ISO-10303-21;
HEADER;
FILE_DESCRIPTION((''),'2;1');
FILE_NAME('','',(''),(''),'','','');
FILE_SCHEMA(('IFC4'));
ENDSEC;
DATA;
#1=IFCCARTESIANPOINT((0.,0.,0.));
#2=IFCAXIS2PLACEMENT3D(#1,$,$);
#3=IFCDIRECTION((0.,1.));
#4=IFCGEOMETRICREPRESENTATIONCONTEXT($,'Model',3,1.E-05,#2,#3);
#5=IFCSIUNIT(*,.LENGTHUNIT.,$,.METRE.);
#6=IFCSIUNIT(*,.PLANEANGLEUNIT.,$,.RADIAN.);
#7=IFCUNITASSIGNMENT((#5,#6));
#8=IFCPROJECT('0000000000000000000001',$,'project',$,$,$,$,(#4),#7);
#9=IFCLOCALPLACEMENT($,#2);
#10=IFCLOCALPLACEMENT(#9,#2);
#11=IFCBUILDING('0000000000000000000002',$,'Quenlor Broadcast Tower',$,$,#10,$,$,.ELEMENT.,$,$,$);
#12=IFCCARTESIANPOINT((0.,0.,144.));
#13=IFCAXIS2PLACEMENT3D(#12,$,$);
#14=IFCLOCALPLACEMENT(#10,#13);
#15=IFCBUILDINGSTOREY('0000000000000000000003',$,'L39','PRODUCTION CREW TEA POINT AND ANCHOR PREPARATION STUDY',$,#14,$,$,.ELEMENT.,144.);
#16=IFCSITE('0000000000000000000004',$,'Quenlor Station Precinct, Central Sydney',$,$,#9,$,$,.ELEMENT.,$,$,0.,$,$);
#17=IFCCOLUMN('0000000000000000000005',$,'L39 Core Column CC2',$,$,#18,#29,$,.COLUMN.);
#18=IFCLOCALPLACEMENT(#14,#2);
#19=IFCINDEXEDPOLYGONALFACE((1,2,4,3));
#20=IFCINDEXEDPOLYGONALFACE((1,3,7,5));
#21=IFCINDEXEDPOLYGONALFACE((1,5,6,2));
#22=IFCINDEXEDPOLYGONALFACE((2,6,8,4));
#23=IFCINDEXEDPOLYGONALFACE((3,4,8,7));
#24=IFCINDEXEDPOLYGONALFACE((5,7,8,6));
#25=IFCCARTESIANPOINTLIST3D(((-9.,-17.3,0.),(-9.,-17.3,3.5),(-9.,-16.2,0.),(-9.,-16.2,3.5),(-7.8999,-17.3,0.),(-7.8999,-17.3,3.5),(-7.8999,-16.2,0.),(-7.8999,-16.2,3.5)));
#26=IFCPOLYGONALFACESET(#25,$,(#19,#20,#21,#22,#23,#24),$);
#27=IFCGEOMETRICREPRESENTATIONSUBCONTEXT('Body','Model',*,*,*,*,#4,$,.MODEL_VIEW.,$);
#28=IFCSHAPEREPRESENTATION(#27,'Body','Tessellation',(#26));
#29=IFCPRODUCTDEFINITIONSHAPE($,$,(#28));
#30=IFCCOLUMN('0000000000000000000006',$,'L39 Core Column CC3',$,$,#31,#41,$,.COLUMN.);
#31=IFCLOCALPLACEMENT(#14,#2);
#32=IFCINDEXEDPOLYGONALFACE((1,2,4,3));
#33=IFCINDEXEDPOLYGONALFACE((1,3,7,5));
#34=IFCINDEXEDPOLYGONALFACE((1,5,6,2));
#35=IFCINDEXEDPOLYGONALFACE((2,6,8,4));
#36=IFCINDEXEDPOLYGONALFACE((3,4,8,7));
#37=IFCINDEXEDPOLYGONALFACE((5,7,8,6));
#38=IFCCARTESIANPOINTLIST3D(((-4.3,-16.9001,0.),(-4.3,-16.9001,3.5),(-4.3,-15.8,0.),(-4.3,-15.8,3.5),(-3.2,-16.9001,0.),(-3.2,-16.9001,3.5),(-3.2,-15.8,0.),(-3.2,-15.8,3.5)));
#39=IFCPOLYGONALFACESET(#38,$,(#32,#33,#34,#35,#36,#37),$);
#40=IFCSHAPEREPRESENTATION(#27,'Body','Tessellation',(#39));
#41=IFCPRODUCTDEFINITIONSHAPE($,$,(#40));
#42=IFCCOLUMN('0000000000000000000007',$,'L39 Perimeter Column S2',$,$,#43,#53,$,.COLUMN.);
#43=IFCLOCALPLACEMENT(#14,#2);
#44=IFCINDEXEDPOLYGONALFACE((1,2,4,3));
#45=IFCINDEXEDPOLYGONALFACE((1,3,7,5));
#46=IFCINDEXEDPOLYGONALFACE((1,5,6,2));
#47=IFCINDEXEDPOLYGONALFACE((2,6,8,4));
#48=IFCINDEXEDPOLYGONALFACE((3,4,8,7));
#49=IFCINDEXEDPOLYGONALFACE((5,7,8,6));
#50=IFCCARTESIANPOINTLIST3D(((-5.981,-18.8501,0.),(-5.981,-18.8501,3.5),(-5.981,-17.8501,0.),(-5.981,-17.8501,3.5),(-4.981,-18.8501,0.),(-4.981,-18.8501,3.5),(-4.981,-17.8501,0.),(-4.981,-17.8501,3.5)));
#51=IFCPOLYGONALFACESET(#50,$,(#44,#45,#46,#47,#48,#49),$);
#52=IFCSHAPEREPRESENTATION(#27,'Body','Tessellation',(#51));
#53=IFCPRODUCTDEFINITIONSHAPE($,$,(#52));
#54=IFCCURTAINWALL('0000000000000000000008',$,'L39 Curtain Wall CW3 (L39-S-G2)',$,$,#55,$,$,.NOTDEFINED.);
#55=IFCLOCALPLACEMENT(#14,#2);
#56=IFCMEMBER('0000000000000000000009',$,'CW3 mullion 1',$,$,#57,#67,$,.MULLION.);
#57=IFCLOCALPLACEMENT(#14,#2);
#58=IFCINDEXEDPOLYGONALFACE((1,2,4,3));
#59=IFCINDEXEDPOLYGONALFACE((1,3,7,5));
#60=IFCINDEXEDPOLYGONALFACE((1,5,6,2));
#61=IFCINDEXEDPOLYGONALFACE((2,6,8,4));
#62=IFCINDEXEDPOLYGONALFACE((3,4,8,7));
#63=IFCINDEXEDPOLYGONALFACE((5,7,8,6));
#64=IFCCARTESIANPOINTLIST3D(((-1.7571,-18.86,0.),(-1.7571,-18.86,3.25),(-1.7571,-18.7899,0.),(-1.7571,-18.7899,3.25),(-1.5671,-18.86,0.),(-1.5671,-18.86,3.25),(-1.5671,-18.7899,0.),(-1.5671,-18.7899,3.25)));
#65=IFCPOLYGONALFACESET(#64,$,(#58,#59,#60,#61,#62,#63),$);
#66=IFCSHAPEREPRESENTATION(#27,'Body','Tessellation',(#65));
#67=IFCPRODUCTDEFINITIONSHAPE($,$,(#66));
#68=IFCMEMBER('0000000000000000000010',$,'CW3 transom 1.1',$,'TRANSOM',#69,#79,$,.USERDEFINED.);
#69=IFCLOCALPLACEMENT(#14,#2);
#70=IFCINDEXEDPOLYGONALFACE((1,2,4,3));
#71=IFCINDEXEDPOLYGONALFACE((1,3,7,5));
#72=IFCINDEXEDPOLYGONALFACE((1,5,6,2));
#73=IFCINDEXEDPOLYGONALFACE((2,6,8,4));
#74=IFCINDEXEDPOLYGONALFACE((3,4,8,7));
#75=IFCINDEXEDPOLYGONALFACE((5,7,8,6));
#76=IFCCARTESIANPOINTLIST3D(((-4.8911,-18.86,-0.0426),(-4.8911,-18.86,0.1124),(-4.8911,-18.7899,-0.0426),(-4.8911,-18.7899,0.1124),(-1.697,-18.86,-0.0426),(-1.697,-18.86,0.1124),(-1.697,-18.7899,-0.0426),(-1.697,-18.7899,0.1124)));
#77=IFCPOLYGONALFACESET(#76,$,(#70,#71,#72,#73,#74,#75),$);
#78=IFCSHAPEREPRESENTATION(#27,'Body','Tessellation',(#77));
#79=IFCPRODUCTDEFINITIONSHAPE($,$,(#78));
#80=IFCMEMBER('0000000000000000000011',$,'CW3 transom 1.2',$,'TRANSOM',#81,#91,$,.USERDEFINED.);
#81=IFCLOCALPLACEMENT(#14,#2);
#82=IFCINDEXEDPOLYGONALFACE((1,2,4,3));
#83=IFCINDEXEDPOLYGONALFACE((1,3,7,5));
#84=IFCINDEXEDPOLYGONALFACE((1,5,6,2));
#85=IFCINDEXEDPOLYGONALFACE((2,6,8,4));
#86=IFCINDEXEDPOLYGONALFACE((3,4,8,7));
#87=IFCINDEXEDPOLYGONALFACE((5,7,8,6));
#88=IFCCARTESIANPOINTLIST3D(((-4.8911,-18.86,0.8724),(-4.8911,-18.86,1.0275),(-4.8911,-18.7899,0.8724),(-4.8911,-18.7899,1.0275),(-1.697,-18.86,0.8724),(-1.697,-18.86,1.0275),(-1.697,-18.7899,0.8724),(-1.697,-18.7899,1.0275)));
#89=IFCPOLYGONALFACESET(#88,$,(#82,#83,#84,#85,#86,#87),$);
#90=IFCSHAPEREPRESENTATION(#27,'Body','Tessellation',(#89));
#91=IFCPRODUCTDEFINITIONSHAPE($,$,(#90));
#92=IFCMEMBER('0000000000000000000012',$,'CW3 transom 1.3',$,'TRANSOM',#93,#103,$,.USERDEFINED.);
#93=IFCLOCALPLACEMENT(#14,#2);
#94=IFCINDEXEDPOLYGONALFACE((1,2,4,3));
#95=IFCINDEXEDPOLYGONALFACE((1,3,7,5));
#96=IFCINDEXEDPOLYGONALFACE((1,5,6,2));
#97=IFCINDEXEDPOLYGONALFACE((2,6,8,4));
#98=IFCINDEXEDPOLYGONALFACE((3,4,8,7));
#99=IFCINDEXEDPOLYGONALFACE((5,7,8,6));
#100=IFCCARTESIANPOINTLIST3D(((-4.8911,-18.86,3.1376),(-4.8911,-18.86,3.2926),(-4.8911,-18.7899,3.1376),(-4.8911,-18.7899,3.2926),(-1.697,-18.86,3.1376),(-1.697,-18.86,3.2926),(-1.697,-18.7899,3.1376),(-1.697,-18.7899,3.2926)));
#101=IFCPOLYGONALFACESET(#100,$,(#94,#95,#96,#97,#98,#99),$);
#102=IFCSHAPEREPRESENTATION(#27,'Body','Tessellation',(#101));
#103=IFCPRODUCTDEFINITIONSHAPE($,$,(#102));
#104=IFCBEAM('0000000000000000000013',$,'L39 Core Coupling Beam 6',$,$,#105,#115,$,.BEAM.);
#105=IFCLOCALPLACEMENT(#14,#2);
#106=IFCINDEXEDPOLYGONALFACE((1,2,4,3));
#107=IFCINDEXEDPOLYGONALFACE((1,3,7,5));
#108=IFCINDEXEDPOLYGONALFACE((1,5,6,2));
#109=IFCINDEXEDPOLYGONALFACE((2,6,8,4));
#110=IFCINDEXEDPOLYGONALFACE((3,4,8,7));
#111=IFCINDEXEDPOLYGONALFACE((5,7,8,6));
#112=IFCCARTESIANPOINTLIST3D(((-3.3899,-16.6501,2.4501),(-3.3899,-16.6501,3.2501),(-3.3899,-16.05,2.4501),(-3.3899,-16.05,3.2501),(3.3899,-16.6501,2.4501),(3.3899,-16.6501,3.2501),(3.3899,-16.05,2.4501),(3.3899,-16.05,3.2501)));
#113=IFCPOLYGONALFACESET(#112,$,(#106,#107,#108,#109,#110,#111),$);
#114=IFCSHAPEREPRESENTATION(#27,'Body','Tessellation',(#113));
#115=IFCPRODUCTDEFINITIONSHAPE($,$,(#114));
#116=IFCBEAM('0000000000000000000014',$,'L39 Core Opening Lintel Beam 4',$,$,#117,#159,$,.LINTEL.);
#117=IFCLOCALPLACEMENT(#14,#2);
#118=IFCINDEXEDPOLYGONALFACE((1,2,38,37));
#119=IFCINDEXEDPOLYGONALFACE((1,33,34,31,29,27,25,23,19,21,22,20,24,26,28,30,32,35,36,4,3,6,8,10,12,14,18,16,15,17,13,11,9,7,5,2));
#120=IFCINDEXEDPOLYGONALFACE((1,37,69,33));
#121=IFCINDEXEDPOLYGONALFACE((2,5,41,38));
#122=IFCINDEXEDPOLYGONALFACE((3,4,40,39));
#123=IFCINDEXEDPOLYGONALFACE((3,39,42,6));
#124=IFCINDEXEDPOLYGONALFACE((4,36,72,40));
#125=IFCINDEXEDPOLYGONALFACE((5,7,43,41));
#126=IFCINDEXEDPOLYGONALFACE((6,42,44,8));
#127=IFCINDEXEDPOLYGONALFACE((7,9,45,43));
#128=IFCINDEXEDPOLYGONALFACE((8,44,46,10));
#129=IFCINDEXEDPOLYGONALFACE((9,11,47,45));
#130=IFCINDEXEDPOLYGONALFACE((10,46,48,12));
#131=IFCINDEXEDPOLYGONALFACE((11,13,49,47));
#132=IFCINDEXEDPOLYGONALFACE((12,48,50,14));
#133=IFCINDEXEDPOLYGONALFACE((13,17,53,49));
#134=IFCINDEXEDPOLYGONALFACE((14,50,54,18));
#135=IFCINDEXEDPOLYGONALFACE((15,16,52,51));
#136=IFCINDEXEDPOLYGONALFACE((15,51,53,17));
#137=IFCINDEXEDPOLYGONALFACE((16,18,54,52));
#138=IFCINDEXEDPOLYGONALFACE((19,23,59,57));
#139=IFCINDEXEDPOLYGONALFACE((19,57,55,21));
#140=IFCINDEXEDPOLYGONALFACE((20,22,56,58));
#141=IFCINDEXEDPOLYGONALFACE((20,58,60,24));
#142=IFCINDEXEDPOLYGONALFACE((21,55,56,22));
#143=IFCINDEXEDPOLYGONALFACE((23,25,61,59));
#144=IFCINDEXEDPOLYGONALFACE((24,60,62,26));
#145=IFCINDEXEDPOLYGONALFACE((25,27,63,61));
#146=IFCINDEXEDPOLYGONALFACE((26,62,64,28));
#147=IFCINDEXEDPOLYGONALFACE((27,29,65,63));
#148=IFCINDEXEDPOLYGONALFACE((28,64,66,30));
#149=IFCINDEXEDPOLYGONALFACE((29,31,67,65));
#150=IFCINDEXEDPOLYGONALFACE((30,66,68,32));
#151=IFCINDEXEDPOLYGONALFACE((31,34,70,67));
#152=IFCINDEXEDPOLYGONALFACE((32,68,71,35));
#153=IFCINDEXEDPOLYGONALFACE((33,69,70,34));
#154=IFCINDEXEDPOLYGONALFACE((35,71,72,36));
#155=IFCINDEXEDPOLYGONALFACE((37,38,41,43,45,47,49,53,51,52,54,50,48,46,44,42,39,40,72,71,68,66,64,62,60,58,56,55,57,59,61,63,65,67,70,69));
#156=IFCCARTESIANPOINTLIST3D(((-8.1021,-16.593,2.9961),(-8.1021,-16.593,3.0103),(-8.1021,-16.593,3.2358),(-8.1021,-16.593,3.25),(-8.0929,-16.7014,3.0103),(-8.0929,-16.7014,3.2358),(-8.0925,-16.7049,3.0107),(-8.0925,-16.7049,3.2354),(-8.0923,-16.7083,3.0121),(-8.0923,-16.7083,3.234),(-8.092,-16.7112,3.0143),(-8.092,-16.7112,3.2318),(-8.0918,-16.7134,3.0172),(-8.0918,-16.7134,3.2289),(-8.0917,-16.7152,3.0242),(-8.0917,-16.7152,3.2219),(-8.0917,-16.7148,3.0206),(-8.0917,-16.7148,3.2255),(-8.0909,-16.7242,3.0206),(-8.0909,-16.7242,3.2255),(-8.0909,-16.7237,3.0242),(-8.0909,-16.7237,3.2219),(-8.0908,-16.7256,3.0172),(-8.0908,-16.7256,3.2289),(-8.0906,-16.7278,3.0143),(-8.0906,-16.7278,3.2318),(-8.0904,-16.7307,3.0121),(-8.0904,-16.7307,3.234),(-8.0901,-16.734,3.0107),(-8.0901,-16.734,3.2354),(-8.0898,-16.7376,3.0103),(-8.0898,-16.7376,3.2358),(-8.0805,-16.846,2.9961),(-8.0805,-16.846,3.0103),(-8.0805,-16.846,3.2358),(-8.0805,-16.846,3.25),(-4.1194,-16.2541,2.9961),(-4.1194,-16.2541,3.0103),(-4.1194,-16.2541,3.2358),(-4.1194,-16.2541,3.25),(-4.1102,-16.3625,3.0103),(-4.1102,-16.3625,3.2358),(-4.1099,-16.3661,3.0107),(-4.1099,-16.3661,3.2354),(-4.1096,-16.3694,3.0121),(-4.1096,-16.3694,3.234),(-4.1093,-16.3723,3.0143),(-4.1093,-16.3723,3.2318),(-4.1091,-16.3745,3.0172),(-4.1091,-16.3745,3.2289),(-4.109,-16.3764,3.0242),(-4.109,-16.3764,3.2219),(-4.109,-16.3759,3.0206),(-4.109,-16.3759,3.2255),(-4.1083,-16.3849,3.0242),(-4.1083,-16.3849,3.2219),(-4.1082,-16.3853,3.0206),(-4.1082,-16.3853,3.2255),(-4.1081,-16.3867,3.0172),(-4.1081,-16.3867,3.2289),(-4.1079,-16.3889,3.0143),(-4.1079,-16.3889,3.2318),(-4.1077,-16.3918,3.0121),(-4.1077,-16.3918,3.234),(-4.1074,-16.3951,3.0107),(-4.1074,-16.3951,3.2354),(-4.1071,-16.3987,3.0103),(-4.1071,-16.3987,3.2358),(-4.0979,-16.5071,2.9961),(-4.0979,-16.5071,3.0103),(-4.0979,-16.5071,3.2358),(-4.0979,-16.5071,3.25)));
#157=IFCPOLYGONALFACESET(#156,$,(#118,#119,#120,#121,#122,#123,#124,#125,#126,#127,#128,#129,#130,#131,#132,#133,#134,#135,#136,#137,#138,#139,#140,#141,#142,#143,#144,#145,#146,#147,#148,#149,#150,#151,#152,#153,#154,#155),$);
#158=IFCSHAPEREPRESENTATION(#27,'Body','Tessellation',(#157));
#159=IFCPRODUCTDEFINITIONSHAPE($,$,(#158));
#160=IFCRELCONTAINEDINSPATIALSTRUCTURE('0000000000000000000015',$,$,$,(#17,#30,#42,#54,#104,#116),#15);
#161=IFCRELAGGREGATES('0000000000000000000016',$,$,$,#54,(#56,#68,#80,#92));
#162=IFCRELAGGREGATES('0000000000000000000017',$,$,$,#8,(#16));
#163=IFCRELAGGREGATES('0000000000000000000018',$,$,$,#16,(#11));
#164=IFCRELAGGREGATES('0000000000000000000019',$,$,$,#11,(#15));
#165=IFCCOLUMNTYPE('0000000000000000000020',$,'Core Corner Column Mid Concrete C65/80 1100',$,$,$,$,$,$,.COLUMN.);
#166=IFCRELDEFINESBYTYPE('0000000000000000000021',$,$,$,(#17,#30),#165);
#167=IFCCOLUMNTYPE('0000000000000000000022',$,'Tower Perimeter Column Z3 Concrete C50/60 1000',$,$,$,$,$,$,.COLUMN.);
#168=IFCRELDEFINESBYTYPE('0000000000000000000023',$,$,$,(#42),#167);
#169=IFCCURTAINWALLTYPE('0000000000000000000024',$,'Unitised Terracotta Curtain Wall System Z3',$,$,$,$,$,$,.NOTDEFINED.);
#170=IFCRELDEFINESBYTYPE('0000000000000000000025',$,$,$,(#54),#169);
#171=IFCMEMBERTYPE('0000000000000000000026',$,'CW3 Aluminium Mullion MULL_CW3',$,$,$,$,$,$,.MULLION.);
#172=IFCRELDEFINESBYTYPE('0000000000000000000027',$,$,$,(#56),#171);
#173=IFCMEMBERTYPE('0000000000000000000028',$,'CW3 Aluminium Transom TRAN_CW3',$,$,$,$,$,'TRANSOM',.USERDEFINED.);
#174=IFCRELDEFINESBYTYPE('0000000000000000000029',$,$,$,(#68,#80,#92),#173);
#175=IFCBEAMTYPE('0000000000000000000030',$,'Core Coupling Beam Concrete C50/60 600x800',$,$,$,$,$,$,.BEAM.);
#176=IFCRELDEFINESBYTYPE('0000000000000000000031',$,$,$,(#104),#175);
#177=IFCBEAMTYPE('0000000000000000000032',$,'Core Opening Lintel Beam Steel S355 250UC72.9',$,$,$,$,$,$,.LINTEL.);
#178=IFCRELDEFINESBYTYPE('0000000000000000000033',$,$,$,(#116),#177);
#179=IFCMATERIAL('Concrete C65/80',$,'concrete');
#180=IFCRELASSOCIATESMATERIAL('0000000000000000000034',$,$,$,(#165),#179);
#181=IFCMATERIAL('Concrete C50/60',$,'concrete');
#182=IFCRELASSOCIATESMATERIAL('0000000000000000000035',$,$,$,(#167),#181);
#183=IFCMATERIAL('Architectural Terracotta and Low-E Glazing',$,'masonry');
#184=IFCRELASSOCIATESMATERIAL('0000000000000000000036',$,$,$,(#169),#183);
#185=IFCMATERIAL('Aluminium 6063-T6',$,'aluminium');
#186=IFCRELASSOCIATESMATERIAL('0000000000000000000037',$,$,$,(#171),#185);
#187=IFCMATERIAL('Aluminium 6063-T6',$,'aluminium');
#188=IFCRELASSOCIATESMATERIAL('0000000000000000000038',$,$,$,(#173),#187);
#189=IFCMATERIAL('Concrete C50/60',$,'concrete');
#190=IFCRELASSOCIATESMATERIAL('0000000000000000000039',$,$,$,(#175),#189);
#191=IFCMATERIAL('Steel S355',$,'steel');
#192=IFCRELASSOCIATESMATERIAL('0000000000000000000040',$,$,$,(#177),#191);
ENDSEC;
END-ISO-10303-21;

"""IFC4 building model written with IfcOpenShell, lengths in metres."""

from ifc_helpers import new_model, si_unit, direction, frame, origin, origin_2d, place, context, subcontext, project, spatial, rectangle, i_section, extrude, material, material_profile, profile_set, type_object, element, aggregate, save


model = new_model("IFC4")

# Units and contexts
model_context = context("Model", 3, precision=1e-05, world=origin(), true_north=direction((0.0, 1.0)))
body_context = subcontext(model_context, "Body", "Model", "MODEL_VIEW")
ifc_project = project(units=[si_unit("LENGTHUNIT", "METRE"), si_unit("PLANEANGLEUNIT", "RADIAN")], contexts=[model_context])

# Site, building, storey
site_placement = place(None, origin())
site = spatial("IfcSite", under=ifc_project, at=site_placement, Name="Quenlor Station Precinct, Central Sydney", CompositionType="ELEMENT", RefElevation=0.0)
building_placement = place(site_placement, origin())
building = spatial("IfcBuilding", under=site, at=building_placement, Name="Quenlor Broadcast Tower", CompositionType="ELEMENT")
storey_placement = place(building_placement, frame((0.0, 0.0, 144.0)))
storey = spatial("IfcBuildingStorey", under=building, at=storey_placement, Name="L39", Description="PRODUCTION CREW TEA POINT AND ANCHOR PREPARATION STUDY", CompositionType="ELEMENT", Elevation=144.0)

# Columns
ifc_material_1 = material(Name="Concrete C65/80", Category="concrete")
ifc_material_profile_1 = material_profile(ifc_material_1, rectangle(XDim=1.1001, YDim=1.1001, at=origin_2d()))
ifc_profile_set_1 = profile_set([ifc_material_profile_1], Name="Concrete C65/80 RC1100x1100")
column_type_1 = type_object("IfcColumnType", Name="Core Corner Column Mid Concrete C65/80 1100", PredefinedType="COLUMN", material=ifc_profile_set_1)
for number, where, z_axis, x_axis, name in (
    (1, (-8.45, -16.75, 0.0), (0.0, 0.0, 1.0), (1.0, 0.0, 0.0), "L39 Core Column CC2"),
    (2, (-3.75, -16.3501, 0.0), (0.0, 0.0, 1.0), (1.0, 0.0, 0.0), "L39 Core Column CC3"),
):
    element("IfcColumn", number, at=place(storey_placement, frame(where, z_axis=z_axis, x_axis=x_axis)), inside=storey, type_object=column_type_1, Name=name, PredefinedType="COLUMN", context=body_context, shape_type="SweptSolid", body=[
        extrude(rectangle(XDim=1.1001, YDim=1.1001, at=origin_2d()), origin(), (0.0, 0.0, 1.0), 3.5),
    ])
ifc_material_2 = material(Name="Concrete C50/60", Category="concrete")
ifc_material_profile_2 = material_profile(ifc_material_2, rectangle(XDim=1.0, YDim=1.0, at=origin_2d()))
ifc_profile_set_2 = profile_set([ifc_material_profile_2], Name="Concrete C50/60 RC1000x1000")
column_type_2 = type_object("IfcColumnType", Name="Tower Perimeter Column Z3 Concrete C50/60 1000", PredefinedType="COLUMN", material=ifc_profile_set_2)
column_placement = place(storey_placement, frame((-5.481, -18.3501, 0.0), z_axis=(0.0, 0.0, 1.0), x_axis=(0.0, 1.0, 0.0)))
element("IfcColumn", 3, at=column_placement, inside=storey, type_object=column_type_2, Name="L39 Perimeter Column S2", PredefinedType="COLUMN", context=body_context, shape_type="SweptSolid", body=[
    extrude(rectangle(XDim=1.0, YDim=1.0, at=origin_2d()), origin(), (0.0, 0.0, 1.0), 3.5),
])

# Curtain wall, members
ifc_material_3 = material(Name="Architectural Terracotta and Low-E Glazing", Category="masonry")
curtain_wall_type = type_object("IfcCurtainWallType", Name="Unitised Terracotta Curtain Wall System Z3", PredefinedType="NOTDEFINED", material=ifc_material_3)
curtain_wall_placement = place(storey_placement, origin())
curtain_wall = element("IfcCurtainWall", 4, at=curtain_wall_placement, inside=storey, type_object=curtain_wall_type, Name="L39 Curtain Wall CW3 (L39-S-G2)", PredefinedType="NOTDEFINED")
ifc_material_4 = material(Name="Aluminium 6063-T6", Category="aluminium")
ifc_material_profile_3 = material_profile(ifc_material_4, rectangle(XDim=0.0701, YDim=0.1899, at=origin_2d()))
ifc_profile_set_3 = profile_set([ifc_material_profile_3], Name="Aluminium 6063-T6 MULL70x190")
member_type_1 = type_object("IfcMemberType", Name="CW3 Aluminium Mullion MULL_CW3", PredefinedType="MULLION", material=ifc_profile_set_3)
member_1_placement = place(storey_placement, frame((-1.6621, -18.825, 0.0), z_axis=(0.0, 0.0, 1.0), x_axis=(0.0, -1.0, 0.0)))
member_1 = element("IfcMember", 5, at=member_1_placement, type_object=member_type_1, Name="CW3 mullion 1", PredefinedType="MULLION", context=body_context, shape_type="SweptSolid", body=[
    extrude(rectangle(XDim=0.0701, YDim=0.1899, at=origin_2d()), origin(), (0.0, 0.0, 1.0), 3.25),
])
ifc_material_5 = material(Name="Aluminium 6063-T6", Category="aluminium")
ifc_material_profile_4 = material_profile(ifc_material_5, rectangle(XDim=0.0701, YDim=0.155, at=origin_2d()))
ifc_profile_set_4 = profile_set([ifc_material_profile_4], Name="Aluminium 6063-T6 TRAN70x155")
member_type_2 = type_object("IfcMemberType", Name="CW3 Aluminium Transom TRAN_CW3", ElementType="TRANSOM", PredefinedType="USERDEFINED", material=ifc_profile_set_4)
member_2_placement = place(storey_placement, frame((-1.697, -18.825, 0.0349), z_axis=(-1.0, 0.0, 0.0), x_axis=(0.0, -1.0, 0.0)))
member_2 = element("IfcMember", 6, at=member_2_placement, type_object=member_type_2, Name="CW3 transom 1.1", ObjectType="TRANSOM", PredefinedType="USERDEFINED", context=body_context, shape_type="SweptSolid", body=[
    extrude(rectangle(XDim=0.0701, YDim=0.155, at=origin_2d()), origin(), (0.0, 0.0, 1.0), 3.1941),
])
member_3_placement = place(storey_placement, frame((-1.697, -18.825, 0.95), z_axis=(-1.0, 0.0, 0.0), x_axis=(0.0, -1.0, 0.0)))
member_3 = element("IfcMember", 7, at=member_3_placement, type_object=member_type_2, Name="CW3 transom 1.2", ObjectType="TRANSOM", PredefinedType="USERDEFINED", context=body_context, shape_type="SweptSolid", body=[
    extrude(rectangle(XDim=0.0701, YDim=0.155, at=origin_2d()), origin(), (0.0, 0.0, 1.0), 3.1941),
])
member_4_placement = place(storey_placement, frame((-1.697, -18.825, 3.2151), z_axis=(-1.0, 0.0, 0.0), x_axis=(0.0, -1.0, 0.0)))
member_4 = element("IfcMember", 8, at=member_4_placement, type_object=member_type_2, Name="CW3 transom 1.3", ObjectType="TRANSOM", PredefinedType="USERDEFINED", context=body_context, shape_type="SweptSolid", body=[
    extrude(rectangle(XDim=0.0701, YDim=0.155, at=origin_2d()), origin(), (0.0, 0.0, 1.0), 3.1941),
])

# Beams
ifc_material_6 = material(Name="Concrete C50/60", Category="concrete")
ifc_material_profile_5 = material_profile(ifc_material_6, rectangle(XDim=0.6001, YDim=0.8, at=origin_2d()))
ifc_profile_set_5 = profile_set([ifc_material_profile_5], Name="Concrete C50/60 RCB600x800")
beam_type_1 = type_object("IfcBeamType", Name="Core Coupling Beam Concrete C50/60 600x800", PredefinedType="BEAM", material=ifc_profile_set_5)
beam_1_placement = place(storey_placement, frame((-3.3899, -16.3501, 2.8501), z_axis=(1.0, 0.0, 0.0), x_axis=(0.0, 1.0, 0.0)))
element("IfcBeam", 9, at=beam_1_placement, inside=storey, type_object=beam_type_1, Name="L39 Core Coupling Beam 6", PredefinedType="BEAM", context=body_context, shape_type="SweptSolid", body=[
    extrude(rectangle(XDim=0.6001, YDim=0.8, at=origin_2d()), origin(), (0.0, 0.0, 1.0), 6.7798),
])
ifc_material_7 = material(Name="Steel S355", Category="steel")
ifc_material_profile_6 = material_profile(ifc_material_7, i_section(OverallWidth=0.2539, OverallDepth=0.2539, WebThickness=0.0085, FlangeThickness=0.0142, FilletRadius=0.0139, at=origin_2d()))
ifc_profile_set_6 = profile_set([ifc_material_profile_6], Name="Steel S355 250UC72.9")
beam_type_2 = type_object("IfcBeamType", Name="Core Opening Lintel Beam Steel S355 250UC72.9", PredefinedType="LINTEL", material=ifc_profile_set_6)
beam_2_placement = place(storey_placement, frame((-8.0913, -16.7195, 3.123), z_axis=(0.9964, 0.084779, 0.0), x_axis=(-0.084779, 0.9964, 0.0)))
element("IfcBeam", 10, at=beam_2_placement, inside=storey, type_object=beam_type_2, Name="L39 Core Opening Lintel Beam 4", PredefinedType="LINTEL", context=body_context, shape_type="SweptSolid", body=[
    extrude(i_section(OverallWidth=0.2539, OverallDepth=0.2539, WebThickness=0.0085, FlangeThickness=0.0142, FilletRadius=0.0139, at=origin_2d()), origin(), (0.0, 0.0, 1.0), 3.9971),
])

aggregate(curtain_wall, [member_1, member_2, member_3, member_4])

save(model, "model.ifc")
